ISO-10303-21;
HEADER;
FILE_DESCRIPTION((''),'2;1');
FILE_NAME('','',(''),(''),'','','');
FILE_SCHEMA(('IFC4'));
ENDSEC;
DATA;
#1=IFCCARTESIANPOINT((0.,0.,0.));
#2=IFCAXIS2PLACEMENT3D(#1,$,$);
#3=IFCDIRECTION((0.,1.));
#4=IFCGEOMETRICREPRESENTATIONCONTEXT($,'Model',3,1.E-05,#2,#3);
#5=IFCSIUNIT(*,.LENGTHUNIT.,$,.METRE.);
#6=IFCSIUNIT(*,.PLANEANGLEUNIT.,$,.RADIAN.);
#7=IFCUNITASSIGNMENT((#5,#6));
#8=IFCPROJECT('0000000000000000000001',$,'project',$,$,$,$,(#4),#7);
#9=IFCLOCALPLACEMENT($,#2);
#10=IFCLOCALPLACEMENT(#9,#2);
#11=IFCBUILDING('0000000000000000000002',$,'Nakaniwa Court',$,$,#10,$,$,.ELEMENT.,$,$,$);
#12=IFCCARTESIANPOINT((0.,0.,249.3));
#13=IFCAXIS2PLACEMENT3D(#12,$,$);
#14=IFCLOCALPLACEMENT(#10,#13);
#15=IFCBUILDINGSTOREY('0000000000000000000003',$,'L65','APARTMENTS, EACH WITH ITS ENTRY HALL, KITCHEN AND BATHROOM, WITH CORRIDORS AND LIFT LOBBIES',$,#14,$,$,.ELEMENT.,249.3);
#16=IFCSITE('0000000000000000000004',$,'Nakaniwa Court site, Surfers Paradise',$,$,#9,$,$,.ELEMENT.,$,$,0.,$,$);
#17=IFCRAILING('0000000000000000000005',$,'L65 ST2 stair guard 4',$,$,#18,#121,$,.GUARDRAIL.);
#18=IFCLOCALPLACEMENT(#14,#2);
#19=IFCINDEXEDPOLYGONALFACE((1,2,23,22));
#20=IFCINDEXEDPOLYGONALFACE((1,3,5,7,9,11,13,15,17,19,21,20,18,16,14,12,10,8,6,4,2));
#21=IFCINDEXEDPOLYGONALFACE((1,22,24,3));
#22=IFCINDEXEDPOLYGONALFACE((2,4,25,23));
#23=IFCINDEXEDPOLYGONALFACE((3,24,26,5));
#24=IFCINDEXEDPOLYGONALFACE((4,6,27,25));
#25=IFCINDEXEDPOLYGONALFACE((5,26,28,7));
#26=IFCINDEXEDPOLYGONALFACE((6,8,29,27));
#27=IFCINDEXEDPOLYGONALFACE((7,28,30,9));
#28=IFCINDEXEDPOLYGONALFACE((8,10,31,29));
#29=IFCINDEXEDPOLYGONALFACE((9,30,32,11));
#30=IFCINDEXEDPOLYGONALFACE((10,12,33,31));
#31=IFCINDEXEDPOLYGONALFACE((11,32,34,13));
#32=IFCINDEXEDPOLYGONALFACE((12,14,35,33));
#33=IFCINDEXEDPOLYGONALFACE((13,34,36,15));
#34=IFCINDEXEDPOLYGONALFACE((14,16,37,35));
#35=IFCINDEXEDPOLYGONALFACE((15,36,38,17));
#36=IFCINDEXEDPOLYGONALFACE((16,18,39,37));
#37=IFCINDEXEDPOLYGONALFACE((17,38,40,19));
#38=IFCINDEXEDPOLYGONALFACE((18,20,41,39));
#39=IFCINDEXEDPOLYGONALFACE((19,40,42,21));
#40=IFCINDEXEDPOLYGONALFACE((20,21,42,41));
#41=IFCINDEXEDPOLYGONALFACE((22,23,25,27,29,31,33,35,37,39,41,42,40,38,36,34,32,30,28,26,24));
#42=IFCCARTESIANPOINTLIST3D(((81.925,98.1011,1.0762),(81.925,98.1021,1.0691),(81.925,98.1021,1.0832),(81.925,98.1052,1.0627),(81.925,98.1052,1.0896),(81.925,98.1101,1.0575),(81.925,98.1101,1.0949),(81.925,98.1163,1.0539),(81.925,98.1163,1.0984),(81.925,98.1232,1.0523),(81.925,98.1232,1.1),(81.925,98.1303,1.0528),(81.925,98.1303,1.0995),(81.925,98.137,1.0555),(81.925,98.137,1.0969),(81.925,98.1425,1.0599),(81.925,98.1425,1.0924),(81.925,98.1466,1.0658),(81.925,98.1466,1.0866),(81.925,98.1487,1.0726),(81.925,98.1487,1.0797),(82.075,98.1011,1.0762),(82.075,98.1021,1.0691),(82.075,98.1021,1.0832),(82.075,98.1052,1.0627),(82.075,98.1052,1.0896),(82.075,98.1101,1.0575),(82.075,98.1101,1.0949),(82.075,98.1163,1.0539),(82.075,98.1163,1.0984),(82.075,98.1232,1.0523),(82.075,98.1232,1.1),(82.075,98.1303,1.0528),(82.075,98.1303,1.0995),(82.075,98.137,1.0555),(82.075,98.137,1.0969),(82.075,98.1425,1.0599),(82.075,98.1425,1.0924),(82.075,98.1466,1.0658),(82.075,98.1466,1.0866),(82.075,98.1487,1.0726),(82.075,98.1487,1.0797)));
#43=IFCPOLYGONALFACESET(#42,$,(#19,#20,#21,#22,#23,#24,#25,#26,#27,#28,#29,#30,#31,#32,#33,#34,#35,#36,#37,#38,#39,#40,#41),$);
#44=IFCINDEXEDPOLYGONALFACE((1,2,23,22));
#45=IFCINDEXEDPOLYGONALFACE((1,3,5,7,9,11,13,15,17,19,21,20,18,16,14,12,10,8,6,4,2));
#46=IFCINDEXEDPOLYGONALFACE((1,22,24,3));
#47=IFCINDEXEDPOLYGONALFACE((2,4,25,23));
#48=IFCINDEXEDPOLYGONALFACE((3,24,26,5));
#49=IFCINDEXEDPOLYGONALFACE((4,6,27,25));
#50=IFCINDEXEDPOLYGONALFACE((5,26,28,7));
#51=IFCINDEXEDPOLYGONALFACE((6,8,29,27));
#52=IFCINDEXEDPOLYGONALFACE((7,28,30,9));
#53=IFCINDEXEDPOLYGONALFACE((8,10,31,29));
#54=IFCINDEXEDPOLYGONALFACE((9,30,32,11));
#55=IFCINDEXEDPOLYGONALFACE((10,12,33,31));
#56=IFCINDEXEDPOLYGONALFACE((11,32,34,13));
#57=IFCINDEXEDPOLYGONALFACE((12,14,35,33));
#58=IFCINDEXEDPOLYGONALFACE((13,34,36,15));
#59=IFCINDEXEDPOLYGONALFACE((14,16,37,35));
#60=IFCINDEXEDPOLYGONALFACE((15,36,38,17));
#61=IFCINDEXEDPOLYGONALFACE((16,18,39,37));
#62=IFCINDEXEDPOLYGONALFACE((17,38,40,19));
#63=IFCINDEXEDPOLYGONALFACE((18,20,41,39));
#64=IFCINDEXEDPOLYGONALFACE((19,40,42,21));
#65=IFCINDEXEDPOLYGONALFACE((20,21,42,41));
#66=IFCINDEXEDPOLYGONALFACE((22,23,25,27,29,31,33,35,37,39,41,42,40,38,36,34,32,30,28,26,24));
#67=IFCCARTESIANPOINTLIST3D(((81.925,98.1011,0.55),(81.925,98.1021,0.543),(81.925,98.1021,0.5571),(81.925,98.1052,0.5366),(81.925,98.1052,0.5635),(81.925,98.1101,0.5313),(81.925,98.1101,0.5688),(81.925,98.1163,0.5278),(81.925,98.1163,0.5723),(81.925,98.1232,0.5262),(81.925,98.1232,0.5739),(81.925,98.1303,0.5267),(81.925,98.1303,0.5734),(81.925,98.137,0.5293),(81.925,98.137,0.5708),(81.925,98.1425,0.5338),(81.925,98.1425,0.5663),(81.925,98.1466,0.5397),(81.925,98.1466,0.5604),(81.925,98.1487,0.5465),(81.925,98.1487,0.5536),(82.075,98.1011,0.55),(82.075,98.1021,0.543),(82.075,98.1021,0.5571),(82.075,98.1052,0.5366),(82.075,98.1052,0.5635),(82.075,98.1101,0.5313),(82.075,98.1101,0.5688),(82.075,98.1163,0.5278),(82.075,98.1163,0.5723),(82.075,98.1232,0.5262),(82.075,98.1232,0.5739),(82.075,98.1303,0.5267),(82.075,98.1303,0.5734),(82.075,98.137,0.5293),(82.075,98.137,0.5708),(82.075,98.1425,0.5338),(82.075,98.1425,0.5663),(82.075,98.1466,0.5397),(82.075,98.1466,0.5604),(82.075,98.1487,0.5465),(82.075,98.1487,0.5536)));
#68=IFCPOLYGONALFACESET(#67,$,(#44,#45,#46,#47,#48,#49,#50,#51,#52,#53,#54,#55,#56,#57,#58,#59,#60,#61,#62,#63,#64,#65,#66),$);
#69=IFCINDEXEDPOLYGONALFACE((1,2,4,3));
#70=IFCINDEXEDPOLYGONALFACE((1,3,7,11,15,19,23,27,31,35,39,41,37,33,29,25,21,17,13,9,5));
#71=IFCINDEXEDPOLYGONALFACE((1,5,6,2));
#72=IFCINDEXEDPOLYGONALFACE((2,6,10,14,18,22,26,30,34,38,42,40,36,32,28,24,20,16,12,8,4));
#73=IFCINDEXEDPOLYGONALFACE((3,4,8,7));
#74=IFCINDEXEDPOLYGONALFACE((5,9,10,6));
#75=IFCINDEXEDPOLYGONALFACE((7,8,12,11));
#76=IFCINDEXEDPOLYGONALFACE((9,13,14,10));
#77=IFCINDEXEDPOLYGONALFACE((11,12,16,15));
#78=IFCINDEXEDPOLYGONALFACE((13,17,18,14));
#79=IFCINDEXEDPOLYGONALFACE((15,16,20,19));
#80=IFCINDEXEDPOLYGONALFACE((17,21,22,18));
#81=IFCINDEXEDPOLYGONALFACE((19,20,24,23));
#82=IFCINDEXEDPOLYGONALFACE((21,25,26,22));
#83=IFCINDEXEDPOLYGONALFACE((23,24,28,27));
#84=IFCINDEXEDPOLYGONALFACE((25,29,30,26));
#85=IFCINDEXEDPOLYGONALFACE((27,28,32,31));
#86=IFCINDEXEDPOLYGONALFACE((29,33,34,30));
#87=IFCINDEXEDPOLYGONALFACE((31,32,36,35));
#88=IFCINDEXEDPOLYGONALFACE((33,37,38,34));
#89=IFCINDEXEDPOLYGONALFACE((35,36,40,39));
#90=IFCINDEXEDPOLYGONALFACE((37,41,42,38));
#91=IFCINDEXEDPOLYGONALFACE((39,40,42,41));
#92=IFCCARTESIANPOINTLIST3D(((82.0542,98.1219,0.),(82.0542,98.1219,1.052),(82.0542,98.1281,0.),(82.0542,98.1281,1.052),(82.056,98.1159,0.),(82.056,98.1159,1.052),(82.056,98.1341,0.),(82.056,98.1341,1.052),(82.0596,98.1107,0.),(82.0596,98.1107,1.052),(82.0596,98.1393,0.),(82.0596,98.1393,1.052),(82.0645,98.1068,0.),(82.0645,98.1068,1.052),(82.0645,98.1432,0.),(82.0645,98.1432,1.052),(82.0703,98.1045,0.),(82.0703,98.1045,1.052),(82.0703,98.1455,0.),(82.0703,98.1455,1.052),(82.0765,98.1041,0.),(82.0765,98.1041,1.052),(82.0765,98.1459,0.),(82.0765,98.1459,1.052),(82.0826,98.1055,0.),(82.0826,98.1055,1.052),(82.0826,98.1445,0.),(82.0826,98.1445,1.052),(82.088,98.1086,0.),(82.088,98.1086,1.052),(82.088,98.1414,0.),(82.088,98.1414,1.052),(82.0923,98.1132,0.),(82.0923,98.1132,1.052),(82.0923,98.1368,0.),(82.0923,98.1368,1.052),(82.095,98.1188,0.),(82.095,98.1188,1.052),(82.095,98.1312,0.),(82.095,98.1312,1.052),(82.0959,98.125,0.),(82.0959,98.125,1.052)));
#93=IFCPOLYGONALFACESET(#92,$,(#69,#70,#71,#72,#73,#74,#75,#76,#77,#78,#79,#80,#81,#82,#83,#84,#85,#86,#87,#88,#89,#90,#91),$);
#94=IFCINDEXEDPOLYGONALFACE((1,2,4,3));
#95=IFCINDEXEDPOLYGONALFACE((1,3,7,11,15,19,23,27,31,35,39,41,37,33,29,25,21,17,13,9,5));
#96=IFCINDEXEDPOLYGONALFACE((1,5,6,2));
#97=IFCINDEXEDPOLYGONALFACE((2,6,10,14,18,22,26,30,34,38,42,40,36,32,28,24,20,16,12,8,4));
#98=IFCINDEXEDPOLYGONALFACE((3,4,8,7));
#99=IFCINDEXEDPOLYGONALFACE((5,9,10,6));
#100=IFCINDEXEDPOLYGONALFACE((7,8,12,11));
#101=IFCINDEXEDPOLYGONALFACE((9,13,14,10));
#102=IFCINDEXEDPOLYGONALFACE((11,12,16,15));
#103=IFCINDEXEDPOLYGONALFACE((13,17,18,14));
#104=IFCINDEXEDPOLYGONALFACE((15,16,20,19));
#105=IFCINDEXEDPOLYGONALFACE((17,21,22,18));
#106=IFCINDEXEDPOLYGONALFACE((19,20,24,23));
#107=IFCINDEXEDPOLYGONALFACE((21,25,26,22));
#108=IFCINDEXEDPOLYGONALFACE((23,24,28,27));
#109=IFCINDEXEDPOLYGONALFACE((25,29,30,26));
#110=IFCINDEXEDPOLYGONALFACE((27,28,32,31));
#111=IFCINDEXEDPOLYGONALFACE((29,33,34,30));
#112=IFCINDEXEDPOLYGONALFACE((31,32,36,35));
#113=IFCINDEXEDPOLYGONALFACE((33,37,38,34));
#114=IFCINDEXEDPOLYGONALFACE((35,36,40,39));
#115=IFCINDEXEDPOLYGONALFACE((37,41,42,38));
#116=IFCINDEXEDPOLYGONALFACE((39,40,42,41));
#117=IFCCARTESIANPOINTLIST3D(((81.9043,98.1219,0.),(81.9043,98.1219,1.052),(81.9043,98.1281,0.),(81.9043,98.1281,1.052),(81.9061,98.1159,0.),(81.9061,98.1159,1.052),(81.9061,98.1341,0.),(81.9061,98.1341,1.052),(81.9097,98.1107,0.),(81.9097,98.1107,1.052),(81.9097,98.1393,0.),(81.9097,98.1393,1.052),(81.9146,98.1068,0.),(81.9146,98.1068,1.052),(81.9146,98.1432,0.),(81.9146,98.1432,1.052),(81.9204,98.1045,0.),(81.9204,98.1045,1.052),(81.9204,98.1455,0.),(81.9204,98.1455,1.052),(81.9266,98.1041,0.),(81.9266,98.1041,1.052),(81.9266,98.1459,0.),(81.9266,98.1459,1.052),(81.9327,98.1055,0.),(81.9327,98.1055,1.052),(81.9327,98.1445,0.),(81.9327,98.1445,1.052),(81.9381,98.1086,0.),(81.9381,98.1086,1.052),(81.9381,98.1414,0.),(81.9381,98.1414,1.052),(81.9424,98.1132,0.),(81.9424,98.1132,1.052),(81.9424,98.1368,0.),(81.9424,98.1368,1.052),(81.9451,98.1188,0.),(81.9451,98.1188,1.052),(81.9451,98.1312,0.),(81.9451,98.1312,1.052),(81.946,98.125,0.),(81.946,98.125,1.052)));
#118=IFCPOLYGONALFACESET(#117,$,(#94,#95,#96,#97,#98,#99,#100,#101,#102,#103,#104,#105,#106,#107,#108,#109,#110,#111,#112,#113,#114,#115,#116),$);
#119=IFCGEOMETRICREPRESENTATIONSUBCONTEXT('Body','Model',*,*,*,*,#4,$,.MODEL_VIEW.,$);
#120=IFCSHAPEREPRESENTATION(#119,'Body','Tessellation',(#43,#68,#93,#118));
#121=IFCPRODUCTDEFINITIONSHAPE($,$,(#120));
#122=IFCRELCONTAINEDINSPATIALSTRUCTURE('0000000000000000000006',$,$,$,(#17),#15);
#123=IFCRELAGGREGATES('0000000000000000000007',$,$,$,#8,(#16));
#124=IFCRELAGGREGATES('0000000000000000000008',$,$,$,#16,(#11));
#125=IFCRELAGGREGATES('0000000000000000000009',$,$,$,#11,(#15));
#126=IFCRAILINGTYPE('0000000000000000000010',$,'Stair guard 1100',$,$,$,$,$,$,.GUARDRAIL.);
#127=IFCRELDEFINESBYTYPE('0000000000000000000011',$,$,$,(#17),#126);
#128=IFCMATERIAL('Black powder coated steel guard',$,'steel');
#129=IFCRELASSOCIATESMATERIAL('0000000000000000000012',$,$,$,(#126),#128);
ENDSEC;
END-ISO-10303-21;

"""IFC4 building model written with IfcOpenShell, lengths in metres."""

from ifc_helpers import new_model, si_unit, direction, frame, origin, origin_2d, place, context, subcontext, project, spatial, circle, extrude, material, type_object, element, save


model = new_model("IFC4")

# Units and contexts
model_context = context("Model", 3, precision=1e-05, world=origin(), true_north=direction((0.0, 1.0)))
body_context = subcontext(model_context, "Body", "Model", "MODEL_VIEW")
ifc_project = project(units=[si_unit("LENGTHUNIT", "METRE"), si_unit("PLANEANGLEUNIT", "RADIAN")], contexts=[model_context])

# Site, building, storey
site_placement = place(None, origin())
site = spatial("IfcSite", under=ifc_project, at=site_placement, Name="Nakaniwa Court site, Surfers Paradise", CompositionType="ELEMENT", RefElevation=0.0)
building_placement = place(site_placement, origin())
building = spatial("IfcBuilding", under=site, at=building_placement, Name="Nakaniwa Court", CompositionType="ELEMENT")
storey_placement = place(building_placement, frame((0.0, 0.0, 249.3)))
storey = spatial("IfcBuildingStorey", under=building, at=storey_placement, Name="L65", Description="APARTMENTS, EACH WITH ITS ENTRY HALL, KITCHEN AND BATHROOM, WITH CORRIDORS AND LIFT LOBBIES", CompositionType="ELEMENT", Elevation=249.3)

# Railing
ifc_material_1 = material(Name="Black powder coated steel guard", Category="steel")
railing_type_1 = type_object("IfcRailingType", Name="Stair guard 1100", PredefinedType="GUARDRAIL", material=ifc_material_1)
railing_1_placement = place(storey_placement, frame((82.075, 98.125, 0.0)))
element("IfcRailing", 1, at=railing_1_placement, inside=storey, type_object=railing_type_1, Name="L65 ST2 stair guard 4", PredefinedType="GUARDRAIL", context=body_context, shape_type="SweptSolid", body=[
    extrude(circle(Radius=0.0239, at=origin_2d()), frame((0.0, 0.0, 1.0762), z_axis=(-1.0, 0.0, 0.0), x_axis=(0.0, -1.0, 0.0)), (0.0, 0.0, 1.0), 0.1499),
    extrude(circle(Radius=0.0239, at=origin_2d()), frame((0.0, 0.0, 0.55), z_axis=(-1.0, 0.0, 0.0), x_axis=(0.0, -1.0, 0.0)), (0.0, 0.0, 1.0), 0.1499),
    extrude(circle(Radius=0.021, at=origin_2d()), origin(), (0.0, 0.0, 1.0), 1.052),
    extrude(circle(Radius=0.021, at=origin_2d()), frame((-0.1499, 0.0, 0.0)), (0.0, 0.0, 1.0), 1.052),
])

save(model, "model.ifc")
